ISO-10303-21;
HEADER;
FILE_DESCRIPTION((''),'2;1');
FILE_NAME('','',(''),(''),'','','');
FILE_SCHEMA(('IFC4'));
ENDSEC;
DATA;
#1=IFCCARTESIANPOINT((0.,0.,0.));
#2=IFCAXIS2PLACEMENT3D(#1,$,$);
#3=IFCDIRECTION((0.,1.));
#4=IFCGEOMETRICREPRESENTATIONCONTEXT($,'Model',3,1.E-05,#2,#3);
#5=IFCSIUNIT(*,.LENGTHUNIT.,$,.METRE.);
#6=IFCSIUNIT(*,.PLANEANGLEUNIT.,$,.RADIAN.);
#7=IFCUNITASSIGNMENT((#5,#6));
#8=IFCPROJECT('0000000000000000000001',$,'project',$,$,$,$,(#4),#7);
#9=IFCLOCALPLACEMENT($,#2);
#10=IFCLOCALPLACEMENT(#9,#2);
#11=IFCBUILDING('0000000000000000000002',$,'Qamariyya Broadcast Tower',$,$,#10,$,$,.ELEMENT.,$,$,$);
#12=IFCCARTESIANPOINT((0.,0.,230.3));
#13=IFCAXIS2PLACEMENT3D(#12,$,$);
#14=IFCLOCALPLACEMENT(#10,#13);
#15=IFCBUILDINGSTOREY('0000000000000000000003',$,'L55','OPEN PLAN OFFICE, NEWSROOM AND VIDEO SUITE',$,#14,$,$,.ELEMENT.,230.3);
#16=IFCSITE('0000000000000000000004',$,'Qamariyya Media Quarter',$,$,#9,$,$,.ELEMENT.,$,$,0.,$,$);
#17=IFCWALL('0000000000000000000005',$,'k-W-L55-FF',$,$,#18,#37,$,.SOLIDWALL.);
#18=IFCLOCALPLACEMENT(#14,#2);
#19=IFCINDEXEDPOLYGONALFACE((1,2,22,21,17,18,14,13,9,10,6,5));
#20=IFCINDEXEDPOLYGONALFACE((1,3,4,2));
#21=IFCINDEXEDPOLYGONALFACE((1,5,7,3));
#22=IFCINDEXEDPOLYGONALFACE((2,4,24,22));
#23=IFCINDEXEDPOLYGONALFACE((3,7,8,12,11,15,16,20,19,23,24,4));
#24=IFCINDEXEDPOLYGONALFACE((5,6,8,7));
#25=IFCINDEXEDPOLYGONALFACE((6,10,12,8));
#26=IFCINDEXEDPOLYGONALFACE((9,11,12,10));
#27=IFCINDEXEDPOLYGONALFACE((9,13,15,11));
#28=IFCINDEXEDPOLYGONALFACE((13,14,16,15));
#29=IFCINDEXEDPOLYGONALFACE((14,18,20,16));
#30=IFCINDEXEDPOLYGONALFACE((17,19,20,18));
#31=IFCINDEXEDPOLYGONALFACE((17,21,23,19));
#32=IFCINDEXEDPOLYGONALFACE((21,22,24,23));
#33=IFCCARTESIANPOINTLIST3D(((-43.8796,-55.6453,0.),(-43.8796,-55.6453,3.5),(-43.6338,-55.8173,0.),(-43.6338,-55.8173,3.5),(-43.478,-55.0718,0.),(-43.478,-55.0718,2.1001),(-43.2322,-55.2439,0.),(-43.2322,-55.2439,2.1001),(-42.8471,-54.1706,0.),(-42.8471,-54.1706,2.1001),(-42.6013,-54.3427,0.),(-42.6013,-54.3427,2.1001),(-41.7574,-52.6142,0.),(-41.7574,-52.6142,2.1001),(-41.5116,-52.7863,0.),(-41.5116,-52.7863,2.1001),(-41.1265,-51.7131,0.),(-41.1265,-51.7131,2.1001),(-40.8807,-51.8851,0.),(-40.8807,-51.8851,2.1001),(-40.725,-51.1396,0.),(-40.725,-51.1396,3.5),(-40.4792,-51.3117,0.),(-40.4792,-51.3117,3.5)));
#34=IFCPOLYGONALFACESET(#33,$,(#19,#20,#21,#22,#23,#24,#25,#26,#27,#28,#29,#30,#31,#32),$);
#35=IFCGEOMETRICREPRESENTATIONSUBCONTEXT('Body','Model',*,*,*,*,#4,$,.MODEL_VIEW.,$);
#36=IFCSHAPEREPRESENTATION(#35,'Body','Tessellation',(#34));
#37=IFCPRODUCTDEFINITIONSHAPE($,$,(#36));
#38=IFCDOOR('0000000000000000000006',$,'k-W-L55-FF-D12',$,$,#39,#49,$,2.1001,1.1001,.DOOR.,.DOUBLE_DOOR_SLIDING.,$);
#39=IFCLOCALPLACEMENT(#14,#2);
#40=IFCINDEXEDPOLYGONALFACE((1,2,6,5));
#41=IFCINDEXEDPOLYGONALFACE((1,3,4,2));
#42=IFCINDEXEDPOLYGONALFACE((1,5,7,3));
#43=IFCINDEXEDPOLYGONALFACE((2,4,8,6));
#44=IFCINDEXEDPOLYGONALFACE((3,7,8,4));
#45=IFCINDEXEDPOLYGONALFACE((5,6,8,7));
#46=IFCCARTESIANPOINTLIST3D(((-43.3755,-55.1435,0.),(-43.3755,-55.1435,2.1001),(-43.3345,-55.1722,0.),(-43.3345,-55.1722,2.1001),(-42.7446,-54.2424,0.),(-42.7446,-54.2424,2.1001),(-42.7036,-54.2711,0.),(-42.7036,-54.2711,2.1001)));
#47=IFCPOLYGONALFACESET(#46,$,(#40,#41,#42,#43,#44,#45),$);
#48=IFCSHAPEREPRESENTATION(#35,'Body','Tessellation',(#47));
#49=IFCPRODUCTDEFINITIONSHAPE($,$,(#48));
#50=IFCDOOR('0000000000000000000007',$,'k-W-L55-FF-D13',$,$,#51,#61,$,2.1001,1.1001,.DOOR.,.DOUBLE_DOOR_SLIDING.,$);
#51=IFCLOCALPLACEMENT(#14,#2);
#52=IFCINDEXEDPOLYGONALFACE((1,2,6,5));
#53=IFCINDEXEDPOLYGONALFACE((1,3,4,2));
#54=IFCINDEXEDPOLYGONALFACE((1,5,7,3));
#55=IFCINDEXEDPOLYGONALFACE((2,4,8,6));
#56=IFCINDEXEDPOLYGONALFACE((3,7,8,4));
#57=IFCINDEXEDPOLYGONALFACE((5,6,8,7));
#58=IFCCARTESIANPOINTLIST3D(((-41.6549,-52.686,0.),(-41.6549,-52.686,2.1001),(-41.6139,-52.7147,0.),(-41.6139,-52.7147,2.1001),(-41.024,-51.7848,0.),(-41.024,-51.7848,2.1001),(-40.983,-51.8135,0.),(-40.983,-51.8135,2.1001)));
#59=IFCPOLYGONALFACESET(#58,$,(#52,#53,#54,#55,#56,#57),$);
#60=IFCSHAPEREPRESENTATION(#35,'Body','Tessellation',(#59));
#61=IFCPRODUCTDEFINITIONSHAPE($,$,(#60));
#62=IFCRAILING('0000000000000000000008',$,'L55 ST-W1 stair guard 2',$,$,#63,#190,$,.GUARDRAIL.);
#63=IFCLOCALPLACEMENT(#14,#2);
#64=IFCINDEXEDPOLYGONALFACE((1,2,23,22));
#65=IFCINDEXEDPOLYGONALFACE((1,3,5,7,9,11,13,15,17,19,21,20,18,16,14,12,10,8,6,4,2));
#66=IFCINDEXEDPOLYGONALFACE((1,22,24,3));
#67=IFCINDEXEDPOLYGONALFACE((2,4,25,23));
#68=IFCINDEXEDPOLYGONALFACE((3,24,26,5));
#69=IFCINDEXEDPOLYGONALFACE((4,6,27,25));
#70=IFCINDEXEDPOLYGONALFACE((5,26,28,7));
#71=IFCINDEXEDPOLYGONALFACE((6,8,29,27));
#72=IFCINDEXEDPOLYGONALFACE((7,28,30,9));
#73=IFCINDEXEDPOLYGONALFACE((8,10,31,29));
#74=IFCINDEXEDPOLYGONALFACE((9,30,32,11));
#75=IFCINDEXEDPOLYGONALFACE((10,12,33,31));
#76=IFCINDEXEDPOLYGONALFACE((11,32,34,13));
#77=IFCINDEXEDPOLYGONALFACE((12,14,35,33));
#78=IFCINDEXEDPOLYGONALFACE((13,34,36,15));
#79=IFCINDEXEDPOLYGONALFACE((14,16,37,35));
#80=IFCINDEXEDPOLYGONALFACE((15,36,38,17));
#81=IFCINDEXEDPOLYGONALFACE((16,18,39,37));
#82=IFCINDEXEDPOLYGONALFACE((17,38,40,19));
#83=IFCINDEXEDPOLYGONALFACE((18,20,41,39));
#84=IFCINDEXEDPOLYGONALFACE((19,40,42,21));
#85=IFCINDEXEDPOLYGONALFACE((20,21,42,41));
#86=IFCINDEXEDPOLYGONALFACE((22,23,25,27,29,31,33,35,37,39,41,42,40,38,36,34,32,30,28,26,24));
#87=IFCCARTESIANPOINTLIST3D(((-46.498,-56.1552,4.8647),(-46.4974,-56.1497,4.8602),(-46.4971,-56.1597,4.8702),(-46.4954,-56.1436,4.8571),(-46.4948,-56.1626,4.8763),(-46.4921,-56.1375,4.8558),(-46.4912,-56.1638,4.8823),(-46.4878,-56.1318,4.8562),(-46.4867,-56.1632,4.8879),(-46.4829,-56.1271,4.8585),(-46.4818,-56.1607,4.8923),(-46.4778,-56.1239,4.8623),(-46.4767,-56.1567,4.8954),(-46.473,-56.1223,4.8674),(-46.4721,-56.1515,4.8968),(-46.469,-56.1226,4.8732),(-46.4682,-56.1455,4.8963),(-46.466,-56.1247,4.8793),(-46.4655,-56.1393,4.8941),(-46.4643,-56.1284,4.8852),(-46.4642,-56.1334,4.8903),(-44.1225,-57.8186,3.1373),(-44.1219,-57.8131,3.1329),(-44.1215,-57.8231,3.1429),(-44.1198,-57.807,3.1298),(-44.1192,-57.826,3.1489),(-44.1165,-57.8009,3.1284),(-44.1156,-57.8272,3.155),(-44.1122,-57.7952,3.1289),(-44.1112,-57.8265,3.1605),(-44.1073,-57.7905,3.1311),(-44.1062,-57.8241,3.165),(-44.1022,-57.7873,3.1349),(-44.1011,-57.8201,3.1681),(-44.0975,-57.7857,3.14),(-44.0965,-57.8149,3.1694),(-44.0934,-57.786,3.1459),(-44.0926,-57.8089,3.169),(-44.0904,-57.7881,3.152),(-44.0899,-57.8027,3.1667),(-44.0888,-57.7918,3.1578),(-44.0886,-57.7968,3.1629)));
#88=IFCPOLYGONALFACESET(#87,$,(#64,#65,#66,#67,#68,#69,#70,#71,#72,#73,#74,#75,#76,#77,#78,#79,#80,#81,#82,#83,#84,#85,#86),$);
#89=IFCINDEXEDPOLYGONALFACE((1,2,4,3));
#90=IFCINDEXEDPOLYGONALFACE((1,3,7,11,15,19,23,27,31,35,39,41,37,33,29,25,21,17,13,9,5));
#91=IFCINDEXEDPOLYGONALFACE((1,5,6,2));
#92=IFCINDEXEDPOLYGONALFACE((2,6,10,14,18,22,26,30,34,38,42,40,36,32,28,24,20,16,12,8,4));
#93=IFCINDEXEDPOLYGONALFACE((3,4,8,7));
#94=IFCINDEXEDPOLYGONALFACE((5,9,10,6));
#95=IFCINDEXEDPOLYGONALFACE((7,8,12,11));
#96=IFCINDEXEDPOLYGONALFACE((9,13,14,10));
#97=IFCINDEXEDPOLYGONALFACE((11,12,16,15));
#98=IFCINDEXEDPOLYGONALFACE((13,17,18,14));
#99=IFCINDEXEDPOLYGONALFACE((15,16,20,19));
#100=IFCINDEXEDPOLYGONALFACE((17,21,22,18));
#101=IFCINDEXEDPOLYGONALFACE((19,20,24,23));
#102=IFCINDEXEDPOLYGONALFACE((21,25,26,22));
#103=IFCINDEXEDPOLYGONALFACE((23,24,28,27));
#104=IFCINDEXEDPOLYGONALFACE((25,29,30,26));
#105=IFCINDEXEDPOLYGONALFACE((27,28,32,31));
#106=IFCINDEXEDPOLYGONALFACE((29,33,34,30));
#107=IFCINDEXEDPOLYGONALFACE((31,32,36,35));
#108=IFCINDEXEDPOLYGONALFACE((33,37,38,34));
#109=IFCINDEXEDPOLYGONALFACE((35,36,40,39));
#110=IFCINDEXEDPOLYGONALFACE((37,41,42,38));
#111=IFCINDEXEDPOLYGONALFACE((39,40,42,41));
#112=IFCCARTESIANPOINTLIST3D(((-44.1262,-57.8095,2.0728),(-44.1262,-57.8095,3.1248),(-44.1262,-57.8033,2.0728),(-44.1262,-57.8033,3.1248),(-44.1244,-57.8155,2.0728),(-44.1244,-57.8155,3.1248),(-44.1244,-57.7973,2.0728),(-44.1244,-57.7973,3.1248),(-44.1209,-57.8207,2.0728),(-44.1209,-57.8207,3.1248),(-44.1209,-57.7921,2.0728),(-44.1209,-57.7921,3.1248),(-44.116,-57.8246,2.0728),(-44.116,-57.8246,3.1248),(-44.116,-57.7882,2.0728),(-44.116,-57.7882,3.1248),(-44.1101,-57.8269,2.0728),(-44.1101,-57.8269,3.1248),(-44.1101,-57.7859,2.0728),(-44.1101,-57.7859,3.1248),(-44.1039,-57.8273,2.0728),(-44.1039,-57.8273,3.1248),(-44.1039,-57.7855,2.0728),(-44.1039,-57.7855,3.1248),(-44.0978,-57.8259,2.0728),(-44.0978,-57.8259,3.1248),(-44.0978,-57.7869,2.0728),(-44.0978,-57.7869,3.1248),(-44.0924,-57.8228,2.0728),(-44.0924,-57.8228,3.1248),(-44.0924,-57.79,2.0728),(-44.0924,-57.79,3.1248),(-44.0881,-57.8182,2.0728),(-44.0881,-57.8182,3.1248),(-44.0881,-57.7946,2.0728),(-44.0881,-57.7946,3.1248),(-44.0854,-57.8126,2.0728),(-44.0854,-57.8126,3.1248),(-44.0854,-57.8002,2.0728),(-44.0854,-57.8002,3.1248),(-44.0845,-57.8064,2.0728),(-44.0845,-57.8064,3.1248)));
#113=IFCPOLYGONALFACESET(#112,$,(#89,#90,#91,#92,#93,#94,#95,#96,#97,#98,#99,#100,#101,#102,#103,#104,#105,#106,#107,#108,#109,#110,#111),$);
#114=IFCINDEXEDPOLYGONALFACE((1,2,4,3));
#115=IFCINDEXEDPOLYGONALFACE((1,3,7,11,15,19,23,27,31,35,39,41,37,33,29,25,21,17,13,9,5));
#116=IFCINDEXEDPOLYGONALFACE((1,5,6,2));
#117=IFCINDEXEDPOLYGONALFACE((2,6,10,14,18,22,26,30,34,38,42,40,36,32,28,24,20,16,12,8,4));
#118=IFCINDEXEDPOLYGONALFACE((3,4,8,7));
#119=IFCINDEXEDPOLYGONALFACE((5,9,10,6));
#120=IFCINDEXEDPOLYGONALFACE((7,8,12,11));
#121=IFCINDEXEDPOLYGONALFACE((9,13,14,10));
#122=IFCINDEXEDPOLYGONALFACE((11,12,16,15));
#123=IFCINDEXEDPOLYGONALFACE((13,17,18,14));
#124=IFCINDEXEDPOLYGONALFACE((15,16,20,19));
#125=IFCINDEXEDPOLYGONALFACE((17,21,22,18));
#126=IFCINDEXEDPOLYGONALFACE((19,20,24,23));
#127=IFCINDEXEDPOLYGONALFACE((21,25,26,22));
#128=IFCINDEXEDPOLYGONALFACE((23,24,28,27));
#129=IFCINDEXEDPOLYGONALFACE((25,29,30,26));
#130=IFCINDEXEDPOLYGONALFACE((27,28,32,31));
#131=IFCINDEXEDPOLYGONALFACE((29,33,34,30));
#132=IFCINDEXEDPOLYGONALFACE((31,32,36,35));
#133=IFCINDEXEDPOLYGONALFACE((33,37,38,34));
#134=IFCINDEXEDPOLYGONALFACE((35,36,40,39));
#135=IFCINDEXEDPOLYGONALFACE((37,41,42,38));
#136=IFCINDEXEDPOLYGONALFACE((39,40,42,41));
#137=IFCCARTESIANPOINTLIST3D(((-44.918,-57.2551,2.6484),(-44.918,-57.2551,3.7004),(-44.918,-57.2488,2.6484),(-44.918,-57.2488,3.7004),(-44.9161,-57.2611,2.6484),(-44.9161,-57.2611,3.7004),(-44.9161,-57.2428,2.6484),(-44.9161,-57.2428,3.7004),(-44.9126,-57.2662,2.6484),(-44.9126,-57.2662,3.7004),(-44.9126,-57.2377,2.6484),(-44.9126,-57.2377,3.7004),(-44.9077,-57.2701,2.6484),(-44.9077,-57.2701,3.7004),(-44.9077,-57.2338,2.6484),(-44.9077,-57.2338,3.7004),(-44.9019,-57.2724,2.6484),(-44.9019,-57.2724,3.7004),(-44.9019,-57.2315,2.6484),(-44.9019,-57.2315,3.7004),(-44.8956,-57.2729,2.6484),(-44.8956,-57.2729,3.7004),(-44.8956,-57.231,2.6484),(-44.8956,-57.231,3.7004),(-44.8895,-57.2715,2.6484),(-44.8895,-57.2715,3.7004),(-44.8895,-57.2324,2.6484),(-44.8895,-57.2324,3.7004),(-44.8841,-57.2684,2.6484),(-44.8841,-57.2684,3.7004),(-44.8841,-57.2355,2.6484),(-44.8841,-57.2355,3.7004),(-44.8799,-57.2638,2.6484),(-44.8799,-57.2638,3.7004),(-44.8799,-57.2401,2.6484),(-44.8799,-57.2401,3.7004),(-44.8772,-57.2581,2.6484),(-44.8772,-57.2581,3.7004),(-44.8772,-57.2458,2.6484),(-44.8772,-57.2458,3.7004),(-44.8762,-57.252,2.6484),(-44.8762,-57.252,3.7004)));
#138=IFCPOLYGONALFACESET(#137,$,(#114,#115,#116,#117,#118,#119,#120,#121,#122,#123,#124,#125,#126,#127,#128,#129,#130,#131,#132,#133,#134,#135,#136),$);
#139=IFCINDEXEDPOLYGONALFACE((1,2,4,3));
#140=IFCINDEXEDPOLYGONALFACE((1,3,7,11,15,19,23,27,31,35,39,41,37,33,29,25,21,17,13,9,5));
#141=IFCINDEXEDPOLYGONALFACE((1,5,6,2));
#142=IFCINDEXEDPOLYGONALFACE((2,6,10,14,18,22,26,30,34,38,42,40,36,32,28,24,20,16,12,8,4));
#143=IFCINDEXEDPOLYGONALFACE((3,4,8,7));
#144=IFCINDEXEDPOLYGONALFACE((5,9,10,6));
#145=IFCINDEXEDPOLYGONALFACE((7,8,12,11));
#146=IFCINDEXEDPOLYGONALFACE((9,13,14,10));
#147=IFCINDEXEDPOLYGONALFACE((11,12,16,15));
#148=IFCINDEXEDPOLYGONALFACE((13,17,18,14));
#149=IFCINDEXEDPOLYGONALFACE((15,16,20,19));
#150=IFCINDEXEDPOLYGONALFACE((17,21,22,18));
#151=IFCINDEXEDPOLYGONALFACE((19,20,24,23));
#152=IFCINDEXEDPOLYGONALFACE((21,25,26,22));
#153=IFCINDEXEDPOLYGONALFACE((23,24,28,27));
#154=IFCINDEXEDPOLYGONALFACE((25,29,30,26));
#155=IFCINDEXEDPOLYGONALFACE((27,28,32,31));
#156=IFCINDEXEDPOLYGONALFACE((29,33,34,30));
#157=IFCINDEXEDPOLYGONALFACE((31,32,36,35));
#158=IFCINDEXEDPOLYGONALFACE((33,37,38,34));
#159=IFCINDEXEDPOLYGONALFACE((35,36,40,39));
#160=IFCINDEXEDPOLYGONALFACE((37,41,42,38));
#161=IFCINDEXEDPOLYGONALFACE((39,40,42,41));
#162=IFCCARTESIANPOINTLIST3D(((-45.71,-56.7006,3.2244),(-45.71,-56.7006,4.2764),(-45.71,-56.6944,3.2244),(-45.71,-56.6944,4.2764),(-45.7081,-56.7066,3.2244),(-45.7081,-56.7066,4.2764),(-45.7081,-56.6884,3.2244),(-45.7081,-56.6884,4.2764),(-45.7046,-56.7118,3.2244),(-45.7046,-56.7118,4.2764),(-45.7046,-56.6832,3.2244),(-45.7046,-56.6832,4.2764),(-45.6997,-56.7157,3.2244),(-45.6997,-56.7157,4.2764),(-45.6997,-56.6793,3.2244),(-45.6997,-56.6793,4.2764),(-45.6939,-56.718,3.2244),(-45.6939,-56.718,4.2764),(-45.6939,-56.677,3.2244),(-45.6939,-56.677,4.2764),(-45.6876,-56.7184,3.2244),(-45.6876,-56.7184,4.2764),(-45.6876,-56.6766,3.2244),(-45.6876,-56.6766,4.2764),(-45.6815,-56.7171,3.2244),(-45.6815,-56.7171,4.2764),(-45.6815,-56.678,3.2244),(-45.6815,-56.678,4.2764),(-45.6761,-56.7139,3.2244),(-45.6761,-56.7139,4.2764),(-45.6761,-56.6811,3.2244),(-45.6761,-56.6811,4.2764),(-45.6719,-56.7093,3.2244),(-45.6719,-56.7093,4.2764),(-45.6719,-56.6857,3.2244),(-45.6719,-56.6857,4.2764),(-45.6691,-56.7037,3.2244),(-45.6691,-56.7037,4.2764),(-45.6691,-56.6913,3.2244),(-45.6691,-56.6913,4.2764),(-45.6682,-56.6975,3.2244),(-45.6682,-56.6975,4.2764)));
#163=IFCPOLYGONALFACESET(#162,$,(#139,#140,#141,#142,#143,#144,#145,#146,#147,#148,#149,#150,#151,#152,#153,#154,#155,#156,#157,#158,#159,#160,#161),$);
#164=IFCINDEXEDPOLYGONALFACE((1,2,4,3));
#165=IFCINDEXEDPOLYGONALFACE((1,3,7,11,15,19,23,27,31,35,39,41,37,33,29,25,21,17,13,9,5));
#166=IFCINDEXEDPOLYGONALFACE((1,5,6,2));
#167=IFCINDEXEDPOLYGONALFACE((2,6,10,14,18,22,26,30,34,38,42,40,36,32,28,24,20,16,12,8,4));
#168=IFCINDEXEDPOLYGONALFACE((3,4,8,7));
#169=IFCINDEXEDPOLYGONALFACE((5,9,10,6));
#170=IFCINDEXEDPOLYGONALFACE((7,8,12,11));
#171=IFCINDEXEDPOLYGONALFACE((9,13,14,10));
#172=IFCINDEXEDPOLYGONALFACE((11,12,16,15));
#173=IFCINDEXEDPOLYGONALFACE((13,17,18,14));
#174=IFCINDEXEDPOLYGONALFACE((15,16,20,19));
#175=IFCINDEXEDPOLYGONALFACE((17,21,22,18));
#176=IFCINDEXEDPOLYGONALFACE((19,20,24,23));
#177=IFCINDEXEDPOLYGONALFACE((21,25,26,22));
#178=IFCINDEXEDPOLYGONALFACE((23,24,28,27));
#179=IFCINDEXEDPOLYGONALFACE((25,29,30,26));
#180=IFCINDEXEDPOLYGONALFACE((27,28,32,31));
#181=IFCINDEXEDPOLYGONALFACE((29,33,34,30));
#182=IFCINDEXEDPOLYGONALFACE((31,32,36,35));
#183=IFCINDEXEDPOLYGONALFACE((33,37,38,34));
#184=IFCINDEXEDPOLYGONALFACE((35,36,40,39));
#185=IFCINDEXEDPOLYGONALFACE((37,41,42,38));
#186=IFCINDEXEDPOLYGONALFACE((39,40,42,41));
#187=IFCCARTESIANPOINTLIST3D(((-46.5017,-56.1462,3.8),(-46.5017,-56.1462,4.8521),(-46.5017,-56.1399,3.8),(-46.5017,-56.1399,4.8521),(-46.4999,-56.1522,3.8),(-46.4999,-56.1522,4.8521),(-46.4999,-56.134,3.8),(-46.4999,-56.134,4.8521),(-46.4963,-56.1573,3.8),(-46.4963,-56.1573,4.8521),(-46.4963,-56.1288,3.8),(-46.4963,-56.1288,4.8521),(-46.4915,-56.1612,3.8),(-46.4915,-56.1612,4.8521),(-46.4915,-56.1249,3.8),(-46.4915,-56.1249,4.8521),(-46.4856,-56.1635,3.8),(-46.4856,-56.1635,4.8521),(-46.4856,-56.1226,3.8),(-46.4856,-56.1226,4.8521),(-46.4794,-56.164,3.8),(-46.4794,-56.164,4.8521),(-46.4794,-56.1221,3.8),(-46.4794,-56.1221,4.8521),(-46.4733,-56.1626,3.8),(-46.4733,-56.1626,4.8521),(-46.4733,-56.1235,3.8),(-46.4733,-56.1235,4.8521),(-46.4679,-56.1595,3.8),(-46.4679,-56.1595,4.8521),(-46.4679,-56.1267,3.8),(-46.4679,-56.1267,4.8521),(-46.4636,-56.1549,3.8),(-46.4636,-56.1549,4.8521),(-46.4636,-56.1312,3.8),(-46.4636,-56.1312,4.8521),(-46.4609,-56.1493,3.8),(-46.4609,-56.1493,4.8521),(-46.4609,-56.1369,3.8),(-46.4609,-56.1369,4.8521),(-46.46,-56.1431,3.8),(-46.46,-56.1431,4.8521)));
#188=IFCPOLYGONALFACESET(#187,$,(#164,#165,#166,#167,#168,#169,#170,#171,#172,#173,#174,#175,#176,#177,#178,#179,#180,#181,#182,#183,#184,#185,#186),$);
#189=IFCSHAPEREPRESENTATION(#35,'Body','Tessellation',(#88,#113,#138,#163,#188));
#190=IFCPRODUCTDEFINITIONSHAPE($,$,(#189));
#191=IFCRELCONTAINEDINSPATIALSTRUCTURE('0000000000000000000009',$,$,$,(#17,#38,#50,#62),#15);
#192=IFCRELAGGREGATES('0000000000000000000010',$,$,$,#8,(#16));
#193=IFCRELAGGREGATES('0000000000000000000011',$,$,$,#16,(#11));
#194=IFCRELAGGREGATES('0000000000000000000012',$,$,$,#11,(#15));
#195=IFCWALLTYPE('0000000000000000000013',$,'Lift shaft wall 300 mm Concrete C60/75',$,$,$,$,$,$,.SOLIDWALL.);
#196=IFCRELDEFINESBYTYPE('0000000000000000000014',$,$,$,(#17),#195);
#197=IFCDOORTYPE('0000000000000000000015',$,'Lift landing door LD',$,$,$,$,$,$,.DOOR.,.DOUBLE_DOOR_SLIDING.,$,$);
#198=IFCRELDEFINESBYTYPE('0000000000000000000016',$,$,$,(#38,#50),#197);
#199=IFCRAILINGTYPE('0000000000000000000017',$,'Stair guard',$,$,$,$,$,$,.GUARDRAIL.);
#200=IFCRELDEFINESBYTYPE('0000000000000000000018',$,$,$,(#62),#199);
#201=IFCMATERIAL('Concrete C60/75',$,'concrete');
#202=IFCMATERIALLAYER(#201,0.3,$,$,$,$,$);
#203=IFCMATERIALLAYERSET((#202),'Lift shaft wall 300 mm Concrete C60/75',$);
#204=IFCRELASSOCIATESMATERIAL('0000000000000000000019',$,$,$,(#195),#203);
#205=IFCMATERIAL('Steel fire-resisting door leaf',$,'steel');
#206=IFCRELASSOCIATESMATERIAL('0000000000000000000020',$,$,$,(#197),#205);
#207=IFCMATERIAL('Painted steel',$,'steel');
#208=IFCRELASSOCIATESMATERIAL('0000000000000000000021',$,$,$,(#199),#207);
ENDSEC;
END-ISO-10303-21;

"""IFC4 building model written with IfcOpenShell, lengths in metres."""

from ifc_helpers import new_model, si_unit, direction, frame, frame_2d, origin, origin_2d, place, context, subcontext, project, spatial, rectangle, circle, extrude, material, layer, layer_set, type_object, element, fill, save


model = new_model("IFC4")

# Units and contexts
model_context = context("Model", 3, precision=1e-05, world=origin(), true_north=direction((0.0, 1.0)))
body_context = subcontext(model_context, "Body", "Model", "MODEL_VIEW")
ifc_project = project(units=[si_unit("LENGTHUNIT", "METRE"), si_unit("PLANEANGLEUNIT", "RADIAN")], contexts=[model_context])

# Site, building, storey
site_placement = place(None, origin())
site = spatial("IfcSite", under=ifc_project, at=site_placement, Name="Qamariyya Media Quarter", CompositionType="ELEMENT", RefElevation=0.0)
building_placement = place(site_placement, origin())
building = spatial("IfcBuilding", under=site, at=building_placement, Name="Qamariyya Broadcast Tower", CompositionType="ELEMENT")
storey_placement = place(building_placement, frame((0.0, 0.0, 230.3)))
storey = spatial("IfcBuildingStorey", under=building, at=storey_placement, Name="L55", Description="OPEN PLAN OFFICE, NEWSROOM AND VIDEO SUITE", CompositionType="ELEMENT", Elevation=230.3)

# Shared definitions
ifc_material_1 = material(Name="Concrete C60/75", Category="concrete")

# Shared definitions
ifc_material_2 = material(Name="Steel fire-resisting door leaf", Category="steel")

# Shared definitions
ifc_layer_1 = layer(ifc_material_1, 0.3)
ifc_layer_set_1 = layer_set([ifc_layer_1], Name="Lift shaft wall 300 mm Concrete C60/75")
wall_type_1 = type_object("IfcWallType", Name="Lift shaft wall 300 mm Concrete C60/75", PredefinedType="SOLIDWALL", material=ifc_layer_set_1)

# Wall, openings, doors
wall_1_placement = place(storey_placement, frame((-43.7566, -55.7312, 0.0), z_axis=(0.0, 0.0, 1.0), x_axis=(0.573537, 0.81918, 0.0)))
wall_1 = element("IfcWall", 1, at=wall_1_placement, inside=storey, type_object=wall_type_1, Name="k-W-L55-FF", PredefinedType="SOLIDWALL", context=body_context, shape_type="SweptSolid", body=[
    extrude(rectangle(XDim=5.5002, YDim=0.3, at=frame_2d((2.75, 0.0))), origin(), (0.0, 0.0, 1.0), 3.5),
])
opening_1_placement = place(wall_1_placement, frame((0.7, 0.0, 0.0)))
opening_1 = element("IfcOpeningElement", 2, at=opening_1_placement, cuts=wall_1, PredefinedType="OPENING", context=body_context, shape_type="SweptSolid", body=[
    extrude(rectangle(XDim=1.1001, YDim=2.1001, at=frame_2d((0.55, 1.05))), frame((0.0, 0.1599, 0.0), z_axis=(0.0, -1.0, 0.0), x_axis=(1.0, 0.0, 0.0)), (0.0, 0.0, 1.0), 0.3201),
])
opening_2_placement = place(wall_1_placement, frame((3.7, 0.0, 0.0)))
opening_2 = element("IfcOpeningElement", 3, at=opening_2_placement, cuts=wall_1, PredefinedType="OPENING", context=body_context, shape_type="SweptSolid", body=[
    extrude(rectangle(XDim=1.1001, YDim=2.1001, at=frame_2d((0.55, 1.05))), frame((0.0, 0.1599, 0.0), z_axis=(0.0, -1.0, 0.0), x_axis=(1.0, 0.0, 0.0)), (0.0, 0.0, 1.0), 0.3201),
])
door_type_1 = type_object("IfcDoorType", Name="Lift landing door LD", OperationType="DOUBLE_DOOR_SLIDING", PredefinedType="DOOR", material=ifc_material_2)
door_1_placement = place(opening_1_placement, origin())
door_1 = element("IfcDoor", 4, at=door_1_placement, inside=storey, type_object=door_type_1, Name="k-W-L55-FF-D12", OperationType="DOUBLE_DOOR_SLIDING", OverallHeight=2.1001, OverallWidth=1.1001, PredefinedType="DOOR", context=body_context, shape_type="SweptSolid", body=[
    extrude(rectangle(XDim=1.1001, YDim=2.1001, at=frame_2d((0.55, 1.05))), frame((0.0, 0.0249, 0.0), z_axis=(0.0, -1.0, 0.0), x_axis=(1.0, 0.0, 0.0)), (0.0, 0.0, 1.0), 0.05),
])
fill(opening_1, door_1)
door_2_placement = place(opening_2_placement, origin())
door_2 = element("IfcDoor", 5, at=door_2_placement, inside=storey, type_object=door_type_1, Name="k-W-L55-FF-D13", OperationType="DOUBLE_DOOR_SLIDING", OverallHeight=2.1001, OverallWidth=1.1001, PredefinedType="DOOR", context=body_context, shape_type="SweptSolid", body=[
    extrude(rectangle(XDim=1.1001, YDim=2.1001, at=frame_2d((0.55, 1.05))), frame((0.0, 0.0249, 0.0), z_axis=(0.0, -1.0, 0.0), x_axis=(1.0, 0.0, 0.0)), (0.0, 0.0, 1.0), 0.05),
])
fill(opening_2, door_2)

# Railing
ifc_material_3 = material(Name="Painted steel", Category="steel")
railing_type_1 = type_object("IfcRailingType", Name="Stair guard", PredefinedType="GUARDRAIL", material=ifc_material_3)
railing_1_placement = place(storey_placement, frame((-44.1055, -57.8064, 2.0728)))
element("IfcRailing", 6, at=railing_1_placement, inside=storey, type_object=railing_type_1, Name="L55 ST-W1 stair guard 2", PredefinedType="GUARDRAIL", context=body_context, shape_type="SweptSolid", body=[
    extrude(circle(Radius=0.0239, at=origin_2d()), frame((0.0, 0.0, 1.0762), z_axis=(-0.70377, 0.492784, 0.511734), x_axis=(-0.573575, -0.819153, 0.0)), (0.0, 0.0, 1.0), 3.3755),
    extrude(circle(Radius=0.021, at=origin_2d()), origin(), (0.0, 0.0, 1.0), 1.052),
    extrude(circle(Radius=0.021, at=origin_2d()), frame((-0.7917, 0.5544, 0.5757)), (0.0, 0.0, 1.0), 1.052),
    extrude(circle(Radius=0.021, at=origin_2d()), frame((-1.5837, 1.1089, 1.1516)), (0.0, 0.0, 1.0), 1.052),
    extrude(circle(Radius=0.021, at=origin_2d()), frame((-2.3755, 1.6633, 1.7273)), (0.0, 0.0, 1.0), 1.052),
])

save(model, "model.ifc")
